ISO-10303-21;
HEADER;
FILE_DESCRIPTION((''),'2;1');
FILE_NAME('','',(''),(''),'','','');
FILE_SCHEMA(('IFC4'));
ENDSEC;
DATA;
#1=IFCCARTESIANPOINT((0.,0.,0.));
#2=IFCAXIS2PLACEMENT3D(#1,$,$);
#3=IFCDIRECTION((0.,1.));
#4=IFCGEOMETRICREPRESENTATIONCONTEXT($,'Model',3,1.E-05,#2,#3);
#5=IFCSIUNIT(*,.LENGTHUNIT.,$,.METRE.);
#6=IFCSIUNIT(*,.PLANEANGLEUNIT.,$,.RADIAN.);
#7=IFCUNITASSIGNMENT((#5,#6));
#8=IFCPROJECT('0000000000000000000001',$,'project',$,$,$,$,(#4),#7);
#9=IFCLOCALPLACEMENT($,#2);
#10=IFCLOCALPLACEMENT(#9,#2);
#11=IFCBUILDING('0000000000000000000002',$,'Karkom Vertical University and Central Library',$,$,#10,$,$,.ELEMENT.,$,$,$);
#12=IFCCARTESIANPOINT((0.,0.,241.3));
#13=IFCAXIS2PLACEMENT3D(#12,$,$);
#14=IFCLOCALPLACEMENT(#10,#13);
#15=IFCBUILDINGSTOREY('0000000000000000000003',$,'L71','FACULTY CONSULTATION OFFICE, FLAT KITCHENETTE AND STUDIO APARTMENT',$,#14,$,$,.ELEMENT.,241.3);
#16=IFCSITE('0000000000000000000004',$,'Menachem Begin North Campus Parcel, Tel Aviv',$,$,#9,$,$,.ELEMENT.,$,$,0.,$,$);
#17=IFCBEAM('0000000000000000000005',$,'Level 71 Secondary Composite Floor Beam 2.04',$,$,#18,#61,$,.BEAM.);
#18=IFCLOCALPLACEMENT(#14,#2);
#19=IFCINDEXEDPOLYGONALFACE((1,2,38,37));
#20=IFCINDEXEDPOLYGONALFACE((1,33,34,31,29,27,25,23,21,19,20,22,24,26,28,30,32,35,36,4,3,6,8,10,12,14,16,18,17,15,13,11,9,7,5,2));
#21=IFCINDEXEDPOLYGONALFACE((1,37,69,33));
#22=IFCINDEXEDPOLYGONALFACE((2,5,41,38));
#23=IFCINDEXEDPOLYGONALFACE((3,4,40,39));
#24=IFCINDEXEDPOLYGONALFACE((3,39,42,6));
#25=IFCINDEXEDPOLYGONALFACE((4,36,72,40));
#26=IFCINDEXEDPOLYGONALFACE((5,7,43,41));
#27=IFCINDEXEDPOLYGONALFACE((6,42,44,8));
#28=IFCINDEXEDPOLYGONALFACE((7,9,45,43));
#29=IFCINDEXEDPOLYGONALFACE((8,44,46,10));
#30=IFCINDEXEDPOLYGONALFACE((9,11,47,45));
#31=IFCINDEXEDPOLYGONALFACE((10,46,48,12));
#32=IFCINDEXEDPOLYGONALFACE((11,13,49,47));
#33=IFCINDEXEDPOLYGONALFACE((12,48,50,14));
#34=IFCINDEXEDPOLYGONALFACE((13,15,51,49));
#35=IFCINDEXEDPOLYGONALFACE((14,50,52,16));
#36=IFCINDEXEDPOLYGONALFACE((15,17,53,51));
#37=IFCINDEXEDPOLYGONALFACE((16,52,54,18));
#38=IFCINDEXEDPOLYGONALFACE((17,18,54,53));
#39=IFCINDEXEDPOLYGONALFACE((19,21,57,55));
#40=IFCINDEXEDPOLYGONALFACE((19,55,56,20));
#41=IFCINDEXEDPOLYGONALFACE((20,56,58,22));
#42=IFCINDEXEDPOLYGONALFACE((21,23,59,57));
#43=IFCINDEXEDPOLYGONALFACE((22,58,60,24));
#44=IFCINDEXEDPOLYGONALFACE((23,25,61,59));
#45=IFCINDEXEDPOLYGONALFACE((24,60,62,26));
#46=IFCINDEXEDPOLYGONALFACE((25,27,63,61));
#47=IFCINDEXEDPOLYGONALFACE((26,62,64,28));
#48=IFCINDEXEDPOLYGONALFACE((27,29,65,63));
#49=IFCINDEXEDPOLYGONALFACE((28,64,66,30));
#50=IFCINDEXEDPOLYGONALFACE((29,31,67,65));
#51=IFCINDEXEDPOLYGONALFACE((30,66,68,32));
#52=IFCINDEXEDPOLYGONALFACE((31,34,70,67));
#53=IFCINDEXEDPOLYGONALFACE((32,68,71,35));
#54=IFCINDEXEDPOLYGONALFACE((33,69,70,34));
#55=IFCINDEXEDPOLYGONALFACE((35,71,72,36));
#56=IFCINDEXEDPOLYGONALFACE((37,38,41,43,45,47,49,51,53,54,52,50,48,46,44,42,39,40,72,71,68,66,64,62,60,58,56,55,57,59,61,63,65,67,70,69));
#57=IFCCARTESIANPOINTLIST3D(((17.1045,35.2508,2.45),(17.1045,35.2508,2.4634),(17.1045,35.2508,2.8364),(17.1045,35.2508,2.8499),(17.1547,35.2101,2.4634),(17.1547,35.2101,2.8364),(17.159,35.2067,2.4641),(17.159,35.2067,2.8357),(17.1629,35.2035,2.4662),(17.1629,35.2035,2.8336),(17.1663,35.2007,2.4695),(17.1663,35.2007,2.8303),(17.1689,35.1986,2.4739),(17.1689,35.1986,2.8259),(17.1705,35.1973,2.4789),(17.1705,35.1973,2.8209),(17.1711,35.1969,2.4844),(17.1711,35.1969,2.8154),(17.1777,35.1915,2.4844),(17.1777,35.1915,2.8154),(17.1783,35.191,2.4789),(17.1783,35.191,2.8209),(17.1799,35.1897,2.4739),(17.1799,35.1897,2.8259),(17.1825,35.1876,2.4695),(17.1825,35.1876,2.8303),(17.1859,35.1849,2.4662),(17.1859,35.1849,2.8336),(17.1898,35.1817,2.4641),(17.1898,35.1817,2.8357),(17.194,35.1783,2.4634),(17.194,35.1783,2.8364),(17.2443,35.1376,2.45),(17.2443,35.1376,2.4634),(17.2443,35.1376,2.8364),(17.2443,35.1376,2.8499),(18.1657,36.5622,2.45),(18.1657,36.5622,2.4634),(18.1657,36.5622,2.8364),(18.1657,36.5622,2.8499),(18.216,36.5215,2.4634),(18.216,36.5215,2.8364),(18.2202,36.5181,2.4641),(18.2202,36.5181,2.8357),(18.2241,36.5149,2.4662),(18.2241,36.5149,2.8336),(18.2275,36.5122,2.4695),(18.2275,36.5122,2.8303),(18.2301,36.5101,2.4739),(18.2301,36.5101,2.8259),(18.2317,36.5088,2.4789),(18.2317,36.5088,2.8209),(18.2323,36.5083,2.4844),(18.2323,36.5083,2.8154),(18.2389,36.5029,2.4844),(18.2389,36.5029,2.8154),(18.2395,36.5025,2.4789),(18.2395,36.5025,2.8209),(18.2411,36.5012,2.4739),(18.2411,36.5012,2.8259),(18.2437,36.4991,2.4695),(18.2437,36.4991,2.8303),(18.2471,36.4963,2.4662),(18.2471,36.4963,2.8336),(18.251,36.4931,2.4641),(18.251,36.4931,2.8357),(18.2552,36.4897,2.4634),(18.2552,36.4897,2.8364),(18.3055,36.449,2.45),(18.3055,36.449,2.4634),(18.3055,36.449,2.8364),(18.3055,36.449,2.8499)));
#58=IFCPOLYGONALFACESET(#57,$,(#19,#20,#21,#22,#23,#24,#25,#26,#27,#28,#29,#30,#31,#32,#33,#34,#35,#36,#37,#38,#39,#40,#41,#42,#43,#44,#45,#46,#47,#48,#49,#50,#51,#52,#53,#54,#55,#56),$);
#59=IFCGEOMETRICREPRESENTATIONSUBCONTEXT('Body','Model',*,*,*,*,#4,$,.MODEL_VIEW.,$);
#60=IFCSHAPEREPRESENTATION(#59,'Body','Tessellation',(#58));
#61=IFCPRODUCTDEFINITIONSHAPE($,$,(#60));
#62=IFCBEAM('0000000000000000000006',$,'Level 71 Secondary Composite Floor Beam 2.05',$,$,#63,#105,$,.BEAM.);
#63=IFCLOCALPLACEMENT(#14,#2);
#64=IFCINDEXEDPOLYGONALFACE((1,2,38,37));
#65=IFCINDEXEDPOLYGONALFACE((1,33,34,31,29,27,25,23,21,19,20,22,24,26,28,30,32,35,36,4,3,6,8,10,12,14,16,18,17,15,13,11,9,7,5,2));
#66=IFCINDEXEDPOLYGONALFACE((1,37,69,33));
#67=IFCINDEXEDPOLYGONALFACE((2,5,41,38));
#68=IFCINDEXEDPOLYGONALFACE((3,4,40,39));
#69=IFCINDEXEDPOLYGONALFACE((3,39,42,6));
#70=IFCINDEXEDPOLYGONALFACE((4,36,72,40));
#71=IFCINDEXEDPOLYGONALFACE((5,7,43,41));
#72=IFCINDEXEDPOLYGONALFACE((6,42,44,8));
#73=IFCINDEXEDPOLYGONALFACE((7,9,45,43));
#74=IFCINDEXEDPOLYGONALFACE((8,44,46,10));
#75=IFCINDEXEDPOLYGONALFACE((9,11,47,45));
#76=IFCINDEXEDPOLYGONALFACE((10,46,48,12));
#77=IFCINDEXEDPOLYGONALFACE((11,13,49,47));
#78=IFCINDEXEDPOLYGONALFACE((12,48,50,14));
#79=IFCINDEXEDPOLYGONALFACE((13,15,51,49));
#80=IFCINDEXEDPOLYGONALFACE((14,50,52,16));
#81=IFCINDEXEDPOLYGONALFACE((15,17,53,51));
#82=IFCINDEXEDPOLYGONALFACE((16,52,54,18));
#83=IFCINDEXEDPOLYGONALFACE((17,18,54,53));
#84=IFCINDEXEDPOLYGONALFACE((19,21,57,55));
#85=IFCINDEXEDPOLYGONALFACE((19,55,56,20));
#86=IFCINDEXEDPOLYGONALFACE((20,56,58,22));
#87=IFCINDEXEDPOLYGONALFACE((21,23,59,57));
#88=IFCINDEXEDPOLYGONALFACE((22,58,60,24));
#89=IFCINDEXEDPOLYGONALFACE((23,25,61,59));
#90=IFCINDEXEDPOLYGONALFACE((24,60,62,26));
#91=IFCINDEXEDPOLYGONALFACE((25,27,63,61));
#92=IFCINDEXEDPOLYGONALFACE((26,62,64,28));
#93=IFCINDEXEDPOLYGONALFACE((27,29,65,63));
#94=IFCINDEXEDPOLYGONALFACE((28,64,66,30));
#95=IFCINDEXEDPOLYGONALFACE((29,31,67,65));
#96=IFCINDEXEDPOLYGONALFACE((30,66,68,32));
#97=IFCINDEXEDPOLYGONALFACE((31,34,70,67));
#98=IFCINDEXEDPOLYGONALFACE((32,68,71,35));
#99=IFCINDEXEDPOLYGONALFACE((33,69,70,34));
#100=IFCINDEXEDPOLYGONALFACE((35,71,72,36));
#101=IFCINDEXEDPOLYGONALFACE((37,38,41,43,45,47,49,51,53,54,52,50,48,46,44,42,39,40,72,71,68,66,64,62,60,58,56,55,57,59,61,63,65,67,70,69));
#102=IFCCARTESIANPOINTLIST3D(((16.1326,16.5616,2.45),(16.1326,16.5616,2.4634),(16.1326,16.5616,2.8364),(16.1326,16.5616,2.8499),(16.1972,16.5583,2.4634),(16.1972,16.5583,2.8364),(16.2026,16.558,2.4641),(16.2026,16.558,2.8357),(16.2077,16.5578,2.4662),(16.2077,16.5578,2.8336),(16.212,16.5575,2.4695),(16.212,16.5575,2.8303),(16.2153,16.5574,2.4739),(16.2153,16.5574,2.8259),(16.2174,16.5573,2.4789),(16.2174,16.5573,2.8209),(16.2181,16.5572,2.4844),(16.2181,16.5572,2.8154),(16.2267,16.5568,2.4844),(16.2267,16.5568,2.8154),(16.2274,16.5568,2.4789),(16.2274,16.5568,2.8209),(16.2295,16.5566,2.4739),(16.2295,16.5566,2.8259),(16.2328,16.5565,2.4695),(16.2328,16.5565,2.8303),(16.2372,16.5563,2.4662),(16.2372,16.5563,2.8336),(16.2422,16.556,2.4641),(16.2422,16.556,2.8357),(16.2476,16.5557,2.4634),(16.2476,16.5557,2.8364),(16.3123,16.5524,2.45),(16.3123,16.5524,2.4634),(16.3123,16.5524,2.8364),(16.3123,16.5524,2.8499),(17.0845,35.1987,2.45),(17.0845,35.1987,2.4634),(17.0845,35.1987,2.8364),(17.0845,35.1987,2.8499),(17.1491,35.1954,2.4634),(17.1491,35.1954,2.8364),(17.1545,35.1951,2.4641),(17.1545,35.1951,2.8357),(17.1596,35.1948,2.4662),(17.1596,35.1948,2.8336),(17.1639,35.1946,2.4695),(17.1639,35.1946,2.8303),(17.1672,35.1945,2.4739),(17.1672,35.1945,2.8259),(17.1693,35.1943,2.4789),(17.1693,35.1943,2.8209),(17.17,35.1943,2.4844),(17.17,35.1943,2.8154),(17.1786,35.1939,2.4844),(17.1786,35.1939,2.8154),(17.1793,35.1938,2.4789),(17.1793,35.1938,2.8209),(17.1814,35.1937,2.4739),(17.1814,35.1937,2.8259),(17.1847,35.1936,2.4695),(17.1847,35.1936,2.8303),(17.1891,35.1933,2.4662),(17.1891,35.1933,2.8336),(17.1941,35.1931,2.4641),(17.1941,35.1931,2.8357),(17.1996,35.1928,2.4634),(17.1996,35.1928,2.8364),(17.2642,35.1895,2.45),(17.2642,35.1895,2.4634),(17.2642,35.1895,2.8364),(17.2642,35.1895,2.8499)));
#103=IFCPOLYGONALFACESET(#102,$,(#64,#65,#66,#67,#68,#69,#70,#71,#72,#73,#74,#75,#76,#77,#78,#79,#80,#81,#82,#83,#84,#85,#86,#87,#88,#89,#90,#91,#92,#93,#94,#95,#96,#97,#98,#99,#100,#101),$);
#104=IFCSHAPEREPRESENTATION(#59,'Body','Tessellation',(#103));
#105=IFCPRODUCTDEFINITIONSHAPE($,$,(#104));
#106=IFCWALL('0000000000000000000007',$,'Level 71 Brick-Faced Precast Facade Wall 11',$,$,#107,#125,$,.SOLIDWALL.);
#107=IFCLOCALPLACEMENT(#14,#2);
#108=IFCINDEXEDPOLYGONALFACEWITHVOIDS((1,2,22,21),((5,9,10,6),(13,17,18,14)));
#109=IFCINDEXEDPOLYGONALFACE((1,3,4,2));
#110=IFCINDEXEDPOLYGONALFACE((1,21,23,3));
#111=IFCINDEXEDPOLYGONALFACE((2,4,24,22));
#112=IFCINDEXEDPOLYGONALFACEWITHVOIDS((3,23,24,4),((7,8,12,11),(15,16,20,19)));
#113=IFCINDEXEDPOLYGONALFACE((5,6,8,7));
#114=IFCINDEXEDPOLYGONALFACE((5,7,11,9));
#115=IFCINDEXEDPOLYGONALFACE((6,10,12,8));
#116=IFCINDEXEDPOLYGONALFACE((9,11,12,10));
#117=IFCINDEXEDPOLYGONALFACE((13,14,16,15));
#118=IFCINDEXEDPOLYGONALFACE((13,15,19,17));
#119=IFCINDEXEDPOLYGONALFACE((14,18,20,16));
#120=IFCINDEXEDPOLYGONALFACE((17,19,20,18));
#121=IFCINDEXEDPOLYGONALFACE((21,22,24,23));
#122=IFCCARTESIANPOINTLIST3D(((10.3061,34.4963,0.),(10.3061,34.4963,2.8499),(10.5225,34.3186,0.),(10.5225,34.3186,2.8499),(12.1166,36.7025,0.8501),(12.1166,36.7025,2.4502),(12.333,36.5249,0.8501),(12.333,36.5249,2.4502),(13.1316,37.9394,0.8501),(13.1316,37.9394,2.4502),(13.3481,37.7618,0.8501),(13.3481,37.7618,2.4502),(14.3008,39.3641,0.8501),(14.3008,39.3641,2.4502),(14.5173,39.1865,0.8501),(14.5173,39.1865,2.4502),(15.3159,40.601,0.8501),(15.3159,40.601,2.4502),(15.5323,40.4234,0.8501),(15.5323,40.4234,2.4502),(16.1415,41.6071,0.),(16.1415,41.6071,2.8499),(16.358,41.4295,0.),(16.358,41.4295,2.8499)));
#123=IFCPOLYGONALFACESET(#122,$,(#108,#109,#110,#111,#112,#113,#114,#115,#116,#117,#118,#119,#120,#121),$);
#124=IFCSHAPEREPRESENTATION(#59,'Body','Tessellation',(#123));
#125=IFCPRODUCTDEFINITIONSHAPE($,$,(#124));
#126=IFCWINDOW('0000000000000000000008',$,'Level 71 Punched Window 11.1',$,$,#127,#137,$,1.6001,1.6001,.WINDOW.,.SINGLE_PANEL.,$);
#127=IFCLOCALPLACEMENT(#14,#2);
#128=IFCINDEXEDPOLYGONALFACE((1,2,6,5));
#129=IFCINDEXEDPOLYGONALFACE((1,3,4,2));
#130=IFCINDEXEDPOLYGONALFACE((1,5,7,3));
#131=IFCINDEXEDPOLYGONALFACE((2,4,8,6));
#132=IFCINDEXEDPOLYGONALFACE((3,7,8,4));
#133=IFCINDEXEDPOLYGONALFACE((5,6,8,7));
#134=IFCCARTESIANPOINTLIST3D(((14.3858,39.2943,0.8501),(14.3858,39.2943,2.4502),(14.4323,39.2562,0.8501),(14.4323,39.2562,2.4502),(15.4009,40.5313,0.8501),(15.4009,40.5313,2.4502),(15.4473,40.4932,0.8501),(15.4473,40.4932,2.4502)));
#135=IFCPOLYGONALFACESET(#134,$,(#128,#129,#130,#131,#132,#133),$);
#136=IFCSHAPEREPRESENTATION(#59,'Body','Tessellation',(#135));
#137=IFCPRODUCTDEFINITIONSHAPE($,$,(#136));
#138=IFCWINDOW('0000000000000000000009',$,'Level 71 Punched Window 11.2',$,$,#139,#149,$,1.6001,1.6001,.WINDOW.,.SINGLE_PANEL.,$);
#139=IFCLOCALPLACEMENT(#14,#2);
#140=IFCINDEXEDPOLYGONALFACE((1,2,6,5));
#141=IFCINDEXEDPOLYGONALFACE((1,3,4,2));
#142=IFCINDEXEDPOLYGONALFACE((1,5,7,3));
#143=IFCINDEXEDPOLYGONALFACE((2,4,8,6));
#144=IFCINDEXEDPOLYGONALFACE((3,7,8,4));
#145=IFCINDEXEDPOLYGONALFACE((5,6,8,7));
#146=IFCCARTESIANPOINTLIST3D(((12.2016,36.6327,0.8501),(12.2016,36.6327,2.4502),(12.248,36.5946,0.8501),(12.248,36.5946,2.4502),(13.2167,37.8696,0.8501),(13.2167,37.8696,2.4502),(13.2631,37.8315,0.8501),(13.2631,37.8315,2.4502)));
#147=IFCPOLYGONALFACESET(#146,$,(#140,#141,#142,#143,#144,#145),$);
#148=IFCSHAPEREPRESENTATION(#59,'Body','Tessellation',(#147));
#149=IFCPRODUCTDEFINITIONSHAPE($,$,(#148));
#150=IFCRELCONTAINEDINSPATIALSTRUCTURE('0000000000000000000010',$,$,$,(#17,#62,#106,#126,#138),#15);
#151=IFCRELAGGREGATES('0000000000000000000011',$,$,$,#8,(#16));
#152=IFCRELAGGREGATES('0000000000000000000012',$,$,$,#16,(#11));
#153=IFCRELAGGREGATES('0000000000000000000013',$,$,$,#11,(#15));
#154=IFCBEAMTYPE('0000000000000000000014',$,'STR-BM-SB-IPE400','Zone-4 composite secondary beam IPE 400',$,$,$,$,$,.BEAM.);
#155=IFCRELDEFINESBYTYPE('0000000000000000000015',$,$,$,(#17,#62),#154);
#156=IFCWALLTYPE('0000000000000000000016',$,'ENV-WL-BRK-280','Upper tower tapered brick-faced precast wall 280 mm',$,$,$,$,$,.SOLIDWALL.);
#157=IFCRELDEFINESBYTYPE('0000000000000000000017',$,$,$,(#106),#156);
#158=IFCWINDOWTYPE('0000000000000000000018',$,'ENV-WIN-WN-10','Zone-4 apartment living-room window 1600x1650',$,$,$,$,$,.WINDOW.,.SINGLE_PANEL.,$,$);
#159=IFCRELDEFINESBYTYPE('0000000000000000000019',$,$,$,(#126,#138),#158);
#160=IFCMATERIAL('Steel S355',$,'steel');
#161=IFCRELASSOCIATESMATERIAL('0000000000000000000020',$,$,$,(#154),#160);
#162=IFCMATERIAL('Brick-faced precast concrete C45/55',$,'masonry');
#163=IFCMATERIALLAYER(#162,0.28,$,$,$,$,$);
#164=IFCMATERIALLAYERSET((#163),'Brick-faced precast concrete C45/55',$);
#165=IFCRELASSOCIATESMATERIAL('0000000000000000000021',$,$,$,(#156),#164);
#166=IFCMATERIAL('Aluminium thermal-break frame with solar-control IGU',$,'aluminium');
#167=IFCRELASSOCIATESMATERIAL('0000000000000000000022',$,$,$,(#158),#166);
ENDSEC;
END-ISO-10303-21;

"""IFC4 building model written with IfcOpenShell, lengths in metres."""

from ifc_helpers import new_model, si_unit, direction, frame, frame_2d, origin, origin_with_axes, origin_2d, place, context, subcontext, project, spatial, rectangle, i_section, extrude, source, transform, mapped, material, layer, layer_set, material_profile, profile_set, type_object, element, fill, save


model = new_model("IFC4")

# Units and contexts
model_context = context("Model", 3, precision=1e-05, world=origin(), true_north=direction((0.0, 1.0)))
body_context = subcontext(model_context, "Body", "Model", "MODEL_VIEW")
ifc_project = project(units=[si_unit("LENGTHUNIT", "METRE"), si_unit("PLANEANGLEUNIT", "RADIAN")], contexts=[model_context])

# Site, building, storey
site_placement = place(None, origin())
site = spatial("IfcSite", under=ifc_project, at=site_placement, Name="Menachem Begin North Campus Parcel, Tel Aviv", CompositionType="ELEMENT", RefElevation=0.0)
building_placement = place(site_placement, origin())
building = spatial("IfcBuilding", under=site, at=building_placement, Name="Karkom Vertical University and Central Library", CompositionType="ELEMENT")
storey_placement = place(building_placement, frame((0.0, 0.0, 241.3)))
storey = spatial("IfcBuildingStorey", under=building, at=storey_placement, Name="L71", Description="FACULTY CONSULTATION OFFICE, FLAT KITCHENETTE AND STUDIO APARTMENT", CompositionType="ELEMENT", Elevation=241.3)

# Beams
ifc_material_1 = material(Name="Steel S355", Category="steel")
ifc_material_profile_1 = material_profile(ifc_material_1, i_section(OverallWidth=0.1799, OverallDepth=0.3999, WebThickness=0.0085, FlangeThickness=0.0134, FilletRadius=0.021, at=origin_2d()), Name="IPE 400")
ifc_profile_set_1 = profile_set([ifc_material_profile_1], Name="Steel S355")
beam_type_1 = type_object("IfcBeamType", Name="STR-BM-SB-IPE400", Description="Zone-4 composite secondary beam IPE 400", PredefinedType="BEAM", material=ifc_profile_set_1)
shared_shape_1 = source(origin_with_axes(), body_context, "Body", "SweptSolid", [
    extrude(i_section(OverallWidth=0.1799, OverallDepth=0.3999, WebThickness=0.0085, FlangeThickness=0.0134, FilletRadius=0.021, at=origin_2d()), origin(), (0.0, 0.0, 1.0), 1.687),
])
beam_1_placement = place(storey_placement, frame((18.2356, 36.5056, 2.6499), z_axis=(-0.629044, -0.77737, 0.0), x_axis=(0.77737, -0.629044, 0.0)))
element("IfcBeam", 1, at=beam_1_placement, inside=storey, type_object=beam_type_1, Name="Level 71 Secondary Composite Floor Beam 2.04", PredefinedType="BEAM", context=body_context, shape_type="MappedRepresentation", body=[
    mapped(shared_shape_1, transform((0.0, 0.0, 0.0), scale=1.0)),
])
shared_shape_2 = source(origin_with_axes(), body_context, "Body", "SweptSolid", [
    extrude(i_section(OverallWidth=0.1799, OverallDepth=0.3999, WebThickness=0.0085, FlangeThickness=0.0134, FilletRadius=0.021, at=origin_2d()), origin(), (0.0, 0.0, 1.0), 18.6614),
])
beam_2_placement = place(storey_placement, frame((17.1743, 35.1941, 2.6499), z_axis=(-0.05101, -0.998698, 0.0), x_axis=(0.998698, -0.05101, 0.0)))
element("IfcBeam", 2, at=beam_2_placement, inside=storey, type_object=beam_type_1, Name="Level 71 Secondary Composite Floor Beam 2.05", PredefinedType="BEAM", context=body_context, shape_type="MappedRepresentation", body=[
    mapped(shared_shape_2, transform((0.0, 0.0, 0.0), scale=1.0)),
])

# Wall, openings, windows
ifc_material_2 = material(Name="Brick-faced precast concrete C45/55", Category="masonry")
ifc_layer_1 = layer(ifc_material_2, 0.28)
ifc_layer_set_1 = layer_set([ifc_layer_1], Name="Brick-faced precast concrete C45/55")
wall_type_1 = type_object("IfcWallType", Name="ENV-WL-BRK-280", Description="Upper tower tapered brick-faced precast wall 280 mm", PredefinedType="SOLIDWALL", material=ifc_layer_set_1)
wall_1_placement = place(storey_placement, frame((16.2498, 41.5183, 0.0), z_axis=(0.0, 0.0, 1.0), x_axis=(-0.634376, -0.773025, 0.0)))
wall_1 = element("IfcWall", 3, at=wall_1_placement, inside=storey, type_object=wall_type_1, Name="Level 71 Brick-Faced Precast Facade Wall 11", PredefinedType="SOLIDWALL", context=body_context, shape_type="SweptSolid", body=[
    extrude(rectangle(XDim=9.1987, YDim=0.28, at=frame_2d((4.5994, 0.0))), origin(), (0.0, 0.0, 1.0), 2.8499),
])
opening_1_placement = place(wall_1_placement, frame((1.3015, 0.0, 0.8501)))
opening_1 = element("IfcOpeningElement", 4, at=opening_1_placement, cuts=wall_1, PredefinedType="OPENING", context=body_context, shape_type="SweptSolid", body=[
    extrude(rectangle(XDim=1.6001, YDim=1.6001, at=frame_2d((0.8, 0.8))), frame((0.0, 0.1499, 0.0), z_axis=(0.0, -1.0, 0.0), x_axis=(1.0, 0.0, 0.0)), (0.0, 0.0, 1.0), 0.3),
])
opening_2_placement = place(wall_1_placement, frame((4.7446, 0.0, 0.8501)))
opening_2 = element("IfcOpeningElement", 5, at=opening_2_placement, cuts=wall_1, PredefinedType="OPENING", context=body_context, shape_type="SweptSolid", body=[
    extrude(rectangle(XDim=1.6001, YDim=1.6001, at=frame_2d((0.8, 0.8))), frame((0.0, 0.1499, 0.0), z_axis=(0.0, -1.0, 0.0), x_axis=(1.0, 0.0, 0.0)), (0.0, 0.0, 1.0), 0.3),
])
ifc_material_3 = material(Name="Aluminium thermal-break frame with solar-control IGU", Category="aluminium")
window_type = type_object("IfcWindowType", Name="ENV-WIN-WN-10", Description="Zone-4 apartment living-room window 1600x1650", PartitioningType="SINGLE_PANEL", PredefinedType="WINDOW", material=ifc_material_3)
shared_shape_3 = source(origin_with_axes(), body_context, "Body", "SweptSolid", [
    extrude(rectangle(XDim=1.6001, YDim=1.6001, at=frame_2d((0.8, 0.8))), frame((0.0, 0.03, 0.0), z_axis=(0.0, -1.0, 0.0), x_axis=(1.0, 0.0, 0.0)), (0.0, 0.0, 1.0), 0.0601),
])
window_1_placement = place(opening_1_placement, origin())
window_1 = element("IfcWindow", 6, at=window_1_placement, inside=storey, type_object=window_type, Name="Level 71 Punched Window 11.1", OverallHeight=1.6001, OverallWidth=1.6001, PartitioningType="SINGLE_PANEL", PredefinedType="WINDOW", context=body_context, shape_type="MappedRepresentation", body=[
    mapped(shared_shape_3, transform((0.0, 0.0, 0.0), scale=1.0)),
])
fill(opening_1, window_1)
window_2_placement = place(opening_2_placement, origin())
window_2 = element("IfcWindow", 7, at=window_2_placement, inside=storey, type_object=window_type, Name="Level 71 Punched Window 11.2", OverallHeight=1.6001, OverallWidth=1.6001, PartitioningType="SINGLE_PANEL", PredefinedType="WINDOW", context=body_context, shape_type="MappedRepresentation", body=[
    mapped(shared_shape_3, transform((0.0, 0.0, 0.0), scale=1.0)),
])
fill(opening_2, window_2)

save(model, "model.ifc")
